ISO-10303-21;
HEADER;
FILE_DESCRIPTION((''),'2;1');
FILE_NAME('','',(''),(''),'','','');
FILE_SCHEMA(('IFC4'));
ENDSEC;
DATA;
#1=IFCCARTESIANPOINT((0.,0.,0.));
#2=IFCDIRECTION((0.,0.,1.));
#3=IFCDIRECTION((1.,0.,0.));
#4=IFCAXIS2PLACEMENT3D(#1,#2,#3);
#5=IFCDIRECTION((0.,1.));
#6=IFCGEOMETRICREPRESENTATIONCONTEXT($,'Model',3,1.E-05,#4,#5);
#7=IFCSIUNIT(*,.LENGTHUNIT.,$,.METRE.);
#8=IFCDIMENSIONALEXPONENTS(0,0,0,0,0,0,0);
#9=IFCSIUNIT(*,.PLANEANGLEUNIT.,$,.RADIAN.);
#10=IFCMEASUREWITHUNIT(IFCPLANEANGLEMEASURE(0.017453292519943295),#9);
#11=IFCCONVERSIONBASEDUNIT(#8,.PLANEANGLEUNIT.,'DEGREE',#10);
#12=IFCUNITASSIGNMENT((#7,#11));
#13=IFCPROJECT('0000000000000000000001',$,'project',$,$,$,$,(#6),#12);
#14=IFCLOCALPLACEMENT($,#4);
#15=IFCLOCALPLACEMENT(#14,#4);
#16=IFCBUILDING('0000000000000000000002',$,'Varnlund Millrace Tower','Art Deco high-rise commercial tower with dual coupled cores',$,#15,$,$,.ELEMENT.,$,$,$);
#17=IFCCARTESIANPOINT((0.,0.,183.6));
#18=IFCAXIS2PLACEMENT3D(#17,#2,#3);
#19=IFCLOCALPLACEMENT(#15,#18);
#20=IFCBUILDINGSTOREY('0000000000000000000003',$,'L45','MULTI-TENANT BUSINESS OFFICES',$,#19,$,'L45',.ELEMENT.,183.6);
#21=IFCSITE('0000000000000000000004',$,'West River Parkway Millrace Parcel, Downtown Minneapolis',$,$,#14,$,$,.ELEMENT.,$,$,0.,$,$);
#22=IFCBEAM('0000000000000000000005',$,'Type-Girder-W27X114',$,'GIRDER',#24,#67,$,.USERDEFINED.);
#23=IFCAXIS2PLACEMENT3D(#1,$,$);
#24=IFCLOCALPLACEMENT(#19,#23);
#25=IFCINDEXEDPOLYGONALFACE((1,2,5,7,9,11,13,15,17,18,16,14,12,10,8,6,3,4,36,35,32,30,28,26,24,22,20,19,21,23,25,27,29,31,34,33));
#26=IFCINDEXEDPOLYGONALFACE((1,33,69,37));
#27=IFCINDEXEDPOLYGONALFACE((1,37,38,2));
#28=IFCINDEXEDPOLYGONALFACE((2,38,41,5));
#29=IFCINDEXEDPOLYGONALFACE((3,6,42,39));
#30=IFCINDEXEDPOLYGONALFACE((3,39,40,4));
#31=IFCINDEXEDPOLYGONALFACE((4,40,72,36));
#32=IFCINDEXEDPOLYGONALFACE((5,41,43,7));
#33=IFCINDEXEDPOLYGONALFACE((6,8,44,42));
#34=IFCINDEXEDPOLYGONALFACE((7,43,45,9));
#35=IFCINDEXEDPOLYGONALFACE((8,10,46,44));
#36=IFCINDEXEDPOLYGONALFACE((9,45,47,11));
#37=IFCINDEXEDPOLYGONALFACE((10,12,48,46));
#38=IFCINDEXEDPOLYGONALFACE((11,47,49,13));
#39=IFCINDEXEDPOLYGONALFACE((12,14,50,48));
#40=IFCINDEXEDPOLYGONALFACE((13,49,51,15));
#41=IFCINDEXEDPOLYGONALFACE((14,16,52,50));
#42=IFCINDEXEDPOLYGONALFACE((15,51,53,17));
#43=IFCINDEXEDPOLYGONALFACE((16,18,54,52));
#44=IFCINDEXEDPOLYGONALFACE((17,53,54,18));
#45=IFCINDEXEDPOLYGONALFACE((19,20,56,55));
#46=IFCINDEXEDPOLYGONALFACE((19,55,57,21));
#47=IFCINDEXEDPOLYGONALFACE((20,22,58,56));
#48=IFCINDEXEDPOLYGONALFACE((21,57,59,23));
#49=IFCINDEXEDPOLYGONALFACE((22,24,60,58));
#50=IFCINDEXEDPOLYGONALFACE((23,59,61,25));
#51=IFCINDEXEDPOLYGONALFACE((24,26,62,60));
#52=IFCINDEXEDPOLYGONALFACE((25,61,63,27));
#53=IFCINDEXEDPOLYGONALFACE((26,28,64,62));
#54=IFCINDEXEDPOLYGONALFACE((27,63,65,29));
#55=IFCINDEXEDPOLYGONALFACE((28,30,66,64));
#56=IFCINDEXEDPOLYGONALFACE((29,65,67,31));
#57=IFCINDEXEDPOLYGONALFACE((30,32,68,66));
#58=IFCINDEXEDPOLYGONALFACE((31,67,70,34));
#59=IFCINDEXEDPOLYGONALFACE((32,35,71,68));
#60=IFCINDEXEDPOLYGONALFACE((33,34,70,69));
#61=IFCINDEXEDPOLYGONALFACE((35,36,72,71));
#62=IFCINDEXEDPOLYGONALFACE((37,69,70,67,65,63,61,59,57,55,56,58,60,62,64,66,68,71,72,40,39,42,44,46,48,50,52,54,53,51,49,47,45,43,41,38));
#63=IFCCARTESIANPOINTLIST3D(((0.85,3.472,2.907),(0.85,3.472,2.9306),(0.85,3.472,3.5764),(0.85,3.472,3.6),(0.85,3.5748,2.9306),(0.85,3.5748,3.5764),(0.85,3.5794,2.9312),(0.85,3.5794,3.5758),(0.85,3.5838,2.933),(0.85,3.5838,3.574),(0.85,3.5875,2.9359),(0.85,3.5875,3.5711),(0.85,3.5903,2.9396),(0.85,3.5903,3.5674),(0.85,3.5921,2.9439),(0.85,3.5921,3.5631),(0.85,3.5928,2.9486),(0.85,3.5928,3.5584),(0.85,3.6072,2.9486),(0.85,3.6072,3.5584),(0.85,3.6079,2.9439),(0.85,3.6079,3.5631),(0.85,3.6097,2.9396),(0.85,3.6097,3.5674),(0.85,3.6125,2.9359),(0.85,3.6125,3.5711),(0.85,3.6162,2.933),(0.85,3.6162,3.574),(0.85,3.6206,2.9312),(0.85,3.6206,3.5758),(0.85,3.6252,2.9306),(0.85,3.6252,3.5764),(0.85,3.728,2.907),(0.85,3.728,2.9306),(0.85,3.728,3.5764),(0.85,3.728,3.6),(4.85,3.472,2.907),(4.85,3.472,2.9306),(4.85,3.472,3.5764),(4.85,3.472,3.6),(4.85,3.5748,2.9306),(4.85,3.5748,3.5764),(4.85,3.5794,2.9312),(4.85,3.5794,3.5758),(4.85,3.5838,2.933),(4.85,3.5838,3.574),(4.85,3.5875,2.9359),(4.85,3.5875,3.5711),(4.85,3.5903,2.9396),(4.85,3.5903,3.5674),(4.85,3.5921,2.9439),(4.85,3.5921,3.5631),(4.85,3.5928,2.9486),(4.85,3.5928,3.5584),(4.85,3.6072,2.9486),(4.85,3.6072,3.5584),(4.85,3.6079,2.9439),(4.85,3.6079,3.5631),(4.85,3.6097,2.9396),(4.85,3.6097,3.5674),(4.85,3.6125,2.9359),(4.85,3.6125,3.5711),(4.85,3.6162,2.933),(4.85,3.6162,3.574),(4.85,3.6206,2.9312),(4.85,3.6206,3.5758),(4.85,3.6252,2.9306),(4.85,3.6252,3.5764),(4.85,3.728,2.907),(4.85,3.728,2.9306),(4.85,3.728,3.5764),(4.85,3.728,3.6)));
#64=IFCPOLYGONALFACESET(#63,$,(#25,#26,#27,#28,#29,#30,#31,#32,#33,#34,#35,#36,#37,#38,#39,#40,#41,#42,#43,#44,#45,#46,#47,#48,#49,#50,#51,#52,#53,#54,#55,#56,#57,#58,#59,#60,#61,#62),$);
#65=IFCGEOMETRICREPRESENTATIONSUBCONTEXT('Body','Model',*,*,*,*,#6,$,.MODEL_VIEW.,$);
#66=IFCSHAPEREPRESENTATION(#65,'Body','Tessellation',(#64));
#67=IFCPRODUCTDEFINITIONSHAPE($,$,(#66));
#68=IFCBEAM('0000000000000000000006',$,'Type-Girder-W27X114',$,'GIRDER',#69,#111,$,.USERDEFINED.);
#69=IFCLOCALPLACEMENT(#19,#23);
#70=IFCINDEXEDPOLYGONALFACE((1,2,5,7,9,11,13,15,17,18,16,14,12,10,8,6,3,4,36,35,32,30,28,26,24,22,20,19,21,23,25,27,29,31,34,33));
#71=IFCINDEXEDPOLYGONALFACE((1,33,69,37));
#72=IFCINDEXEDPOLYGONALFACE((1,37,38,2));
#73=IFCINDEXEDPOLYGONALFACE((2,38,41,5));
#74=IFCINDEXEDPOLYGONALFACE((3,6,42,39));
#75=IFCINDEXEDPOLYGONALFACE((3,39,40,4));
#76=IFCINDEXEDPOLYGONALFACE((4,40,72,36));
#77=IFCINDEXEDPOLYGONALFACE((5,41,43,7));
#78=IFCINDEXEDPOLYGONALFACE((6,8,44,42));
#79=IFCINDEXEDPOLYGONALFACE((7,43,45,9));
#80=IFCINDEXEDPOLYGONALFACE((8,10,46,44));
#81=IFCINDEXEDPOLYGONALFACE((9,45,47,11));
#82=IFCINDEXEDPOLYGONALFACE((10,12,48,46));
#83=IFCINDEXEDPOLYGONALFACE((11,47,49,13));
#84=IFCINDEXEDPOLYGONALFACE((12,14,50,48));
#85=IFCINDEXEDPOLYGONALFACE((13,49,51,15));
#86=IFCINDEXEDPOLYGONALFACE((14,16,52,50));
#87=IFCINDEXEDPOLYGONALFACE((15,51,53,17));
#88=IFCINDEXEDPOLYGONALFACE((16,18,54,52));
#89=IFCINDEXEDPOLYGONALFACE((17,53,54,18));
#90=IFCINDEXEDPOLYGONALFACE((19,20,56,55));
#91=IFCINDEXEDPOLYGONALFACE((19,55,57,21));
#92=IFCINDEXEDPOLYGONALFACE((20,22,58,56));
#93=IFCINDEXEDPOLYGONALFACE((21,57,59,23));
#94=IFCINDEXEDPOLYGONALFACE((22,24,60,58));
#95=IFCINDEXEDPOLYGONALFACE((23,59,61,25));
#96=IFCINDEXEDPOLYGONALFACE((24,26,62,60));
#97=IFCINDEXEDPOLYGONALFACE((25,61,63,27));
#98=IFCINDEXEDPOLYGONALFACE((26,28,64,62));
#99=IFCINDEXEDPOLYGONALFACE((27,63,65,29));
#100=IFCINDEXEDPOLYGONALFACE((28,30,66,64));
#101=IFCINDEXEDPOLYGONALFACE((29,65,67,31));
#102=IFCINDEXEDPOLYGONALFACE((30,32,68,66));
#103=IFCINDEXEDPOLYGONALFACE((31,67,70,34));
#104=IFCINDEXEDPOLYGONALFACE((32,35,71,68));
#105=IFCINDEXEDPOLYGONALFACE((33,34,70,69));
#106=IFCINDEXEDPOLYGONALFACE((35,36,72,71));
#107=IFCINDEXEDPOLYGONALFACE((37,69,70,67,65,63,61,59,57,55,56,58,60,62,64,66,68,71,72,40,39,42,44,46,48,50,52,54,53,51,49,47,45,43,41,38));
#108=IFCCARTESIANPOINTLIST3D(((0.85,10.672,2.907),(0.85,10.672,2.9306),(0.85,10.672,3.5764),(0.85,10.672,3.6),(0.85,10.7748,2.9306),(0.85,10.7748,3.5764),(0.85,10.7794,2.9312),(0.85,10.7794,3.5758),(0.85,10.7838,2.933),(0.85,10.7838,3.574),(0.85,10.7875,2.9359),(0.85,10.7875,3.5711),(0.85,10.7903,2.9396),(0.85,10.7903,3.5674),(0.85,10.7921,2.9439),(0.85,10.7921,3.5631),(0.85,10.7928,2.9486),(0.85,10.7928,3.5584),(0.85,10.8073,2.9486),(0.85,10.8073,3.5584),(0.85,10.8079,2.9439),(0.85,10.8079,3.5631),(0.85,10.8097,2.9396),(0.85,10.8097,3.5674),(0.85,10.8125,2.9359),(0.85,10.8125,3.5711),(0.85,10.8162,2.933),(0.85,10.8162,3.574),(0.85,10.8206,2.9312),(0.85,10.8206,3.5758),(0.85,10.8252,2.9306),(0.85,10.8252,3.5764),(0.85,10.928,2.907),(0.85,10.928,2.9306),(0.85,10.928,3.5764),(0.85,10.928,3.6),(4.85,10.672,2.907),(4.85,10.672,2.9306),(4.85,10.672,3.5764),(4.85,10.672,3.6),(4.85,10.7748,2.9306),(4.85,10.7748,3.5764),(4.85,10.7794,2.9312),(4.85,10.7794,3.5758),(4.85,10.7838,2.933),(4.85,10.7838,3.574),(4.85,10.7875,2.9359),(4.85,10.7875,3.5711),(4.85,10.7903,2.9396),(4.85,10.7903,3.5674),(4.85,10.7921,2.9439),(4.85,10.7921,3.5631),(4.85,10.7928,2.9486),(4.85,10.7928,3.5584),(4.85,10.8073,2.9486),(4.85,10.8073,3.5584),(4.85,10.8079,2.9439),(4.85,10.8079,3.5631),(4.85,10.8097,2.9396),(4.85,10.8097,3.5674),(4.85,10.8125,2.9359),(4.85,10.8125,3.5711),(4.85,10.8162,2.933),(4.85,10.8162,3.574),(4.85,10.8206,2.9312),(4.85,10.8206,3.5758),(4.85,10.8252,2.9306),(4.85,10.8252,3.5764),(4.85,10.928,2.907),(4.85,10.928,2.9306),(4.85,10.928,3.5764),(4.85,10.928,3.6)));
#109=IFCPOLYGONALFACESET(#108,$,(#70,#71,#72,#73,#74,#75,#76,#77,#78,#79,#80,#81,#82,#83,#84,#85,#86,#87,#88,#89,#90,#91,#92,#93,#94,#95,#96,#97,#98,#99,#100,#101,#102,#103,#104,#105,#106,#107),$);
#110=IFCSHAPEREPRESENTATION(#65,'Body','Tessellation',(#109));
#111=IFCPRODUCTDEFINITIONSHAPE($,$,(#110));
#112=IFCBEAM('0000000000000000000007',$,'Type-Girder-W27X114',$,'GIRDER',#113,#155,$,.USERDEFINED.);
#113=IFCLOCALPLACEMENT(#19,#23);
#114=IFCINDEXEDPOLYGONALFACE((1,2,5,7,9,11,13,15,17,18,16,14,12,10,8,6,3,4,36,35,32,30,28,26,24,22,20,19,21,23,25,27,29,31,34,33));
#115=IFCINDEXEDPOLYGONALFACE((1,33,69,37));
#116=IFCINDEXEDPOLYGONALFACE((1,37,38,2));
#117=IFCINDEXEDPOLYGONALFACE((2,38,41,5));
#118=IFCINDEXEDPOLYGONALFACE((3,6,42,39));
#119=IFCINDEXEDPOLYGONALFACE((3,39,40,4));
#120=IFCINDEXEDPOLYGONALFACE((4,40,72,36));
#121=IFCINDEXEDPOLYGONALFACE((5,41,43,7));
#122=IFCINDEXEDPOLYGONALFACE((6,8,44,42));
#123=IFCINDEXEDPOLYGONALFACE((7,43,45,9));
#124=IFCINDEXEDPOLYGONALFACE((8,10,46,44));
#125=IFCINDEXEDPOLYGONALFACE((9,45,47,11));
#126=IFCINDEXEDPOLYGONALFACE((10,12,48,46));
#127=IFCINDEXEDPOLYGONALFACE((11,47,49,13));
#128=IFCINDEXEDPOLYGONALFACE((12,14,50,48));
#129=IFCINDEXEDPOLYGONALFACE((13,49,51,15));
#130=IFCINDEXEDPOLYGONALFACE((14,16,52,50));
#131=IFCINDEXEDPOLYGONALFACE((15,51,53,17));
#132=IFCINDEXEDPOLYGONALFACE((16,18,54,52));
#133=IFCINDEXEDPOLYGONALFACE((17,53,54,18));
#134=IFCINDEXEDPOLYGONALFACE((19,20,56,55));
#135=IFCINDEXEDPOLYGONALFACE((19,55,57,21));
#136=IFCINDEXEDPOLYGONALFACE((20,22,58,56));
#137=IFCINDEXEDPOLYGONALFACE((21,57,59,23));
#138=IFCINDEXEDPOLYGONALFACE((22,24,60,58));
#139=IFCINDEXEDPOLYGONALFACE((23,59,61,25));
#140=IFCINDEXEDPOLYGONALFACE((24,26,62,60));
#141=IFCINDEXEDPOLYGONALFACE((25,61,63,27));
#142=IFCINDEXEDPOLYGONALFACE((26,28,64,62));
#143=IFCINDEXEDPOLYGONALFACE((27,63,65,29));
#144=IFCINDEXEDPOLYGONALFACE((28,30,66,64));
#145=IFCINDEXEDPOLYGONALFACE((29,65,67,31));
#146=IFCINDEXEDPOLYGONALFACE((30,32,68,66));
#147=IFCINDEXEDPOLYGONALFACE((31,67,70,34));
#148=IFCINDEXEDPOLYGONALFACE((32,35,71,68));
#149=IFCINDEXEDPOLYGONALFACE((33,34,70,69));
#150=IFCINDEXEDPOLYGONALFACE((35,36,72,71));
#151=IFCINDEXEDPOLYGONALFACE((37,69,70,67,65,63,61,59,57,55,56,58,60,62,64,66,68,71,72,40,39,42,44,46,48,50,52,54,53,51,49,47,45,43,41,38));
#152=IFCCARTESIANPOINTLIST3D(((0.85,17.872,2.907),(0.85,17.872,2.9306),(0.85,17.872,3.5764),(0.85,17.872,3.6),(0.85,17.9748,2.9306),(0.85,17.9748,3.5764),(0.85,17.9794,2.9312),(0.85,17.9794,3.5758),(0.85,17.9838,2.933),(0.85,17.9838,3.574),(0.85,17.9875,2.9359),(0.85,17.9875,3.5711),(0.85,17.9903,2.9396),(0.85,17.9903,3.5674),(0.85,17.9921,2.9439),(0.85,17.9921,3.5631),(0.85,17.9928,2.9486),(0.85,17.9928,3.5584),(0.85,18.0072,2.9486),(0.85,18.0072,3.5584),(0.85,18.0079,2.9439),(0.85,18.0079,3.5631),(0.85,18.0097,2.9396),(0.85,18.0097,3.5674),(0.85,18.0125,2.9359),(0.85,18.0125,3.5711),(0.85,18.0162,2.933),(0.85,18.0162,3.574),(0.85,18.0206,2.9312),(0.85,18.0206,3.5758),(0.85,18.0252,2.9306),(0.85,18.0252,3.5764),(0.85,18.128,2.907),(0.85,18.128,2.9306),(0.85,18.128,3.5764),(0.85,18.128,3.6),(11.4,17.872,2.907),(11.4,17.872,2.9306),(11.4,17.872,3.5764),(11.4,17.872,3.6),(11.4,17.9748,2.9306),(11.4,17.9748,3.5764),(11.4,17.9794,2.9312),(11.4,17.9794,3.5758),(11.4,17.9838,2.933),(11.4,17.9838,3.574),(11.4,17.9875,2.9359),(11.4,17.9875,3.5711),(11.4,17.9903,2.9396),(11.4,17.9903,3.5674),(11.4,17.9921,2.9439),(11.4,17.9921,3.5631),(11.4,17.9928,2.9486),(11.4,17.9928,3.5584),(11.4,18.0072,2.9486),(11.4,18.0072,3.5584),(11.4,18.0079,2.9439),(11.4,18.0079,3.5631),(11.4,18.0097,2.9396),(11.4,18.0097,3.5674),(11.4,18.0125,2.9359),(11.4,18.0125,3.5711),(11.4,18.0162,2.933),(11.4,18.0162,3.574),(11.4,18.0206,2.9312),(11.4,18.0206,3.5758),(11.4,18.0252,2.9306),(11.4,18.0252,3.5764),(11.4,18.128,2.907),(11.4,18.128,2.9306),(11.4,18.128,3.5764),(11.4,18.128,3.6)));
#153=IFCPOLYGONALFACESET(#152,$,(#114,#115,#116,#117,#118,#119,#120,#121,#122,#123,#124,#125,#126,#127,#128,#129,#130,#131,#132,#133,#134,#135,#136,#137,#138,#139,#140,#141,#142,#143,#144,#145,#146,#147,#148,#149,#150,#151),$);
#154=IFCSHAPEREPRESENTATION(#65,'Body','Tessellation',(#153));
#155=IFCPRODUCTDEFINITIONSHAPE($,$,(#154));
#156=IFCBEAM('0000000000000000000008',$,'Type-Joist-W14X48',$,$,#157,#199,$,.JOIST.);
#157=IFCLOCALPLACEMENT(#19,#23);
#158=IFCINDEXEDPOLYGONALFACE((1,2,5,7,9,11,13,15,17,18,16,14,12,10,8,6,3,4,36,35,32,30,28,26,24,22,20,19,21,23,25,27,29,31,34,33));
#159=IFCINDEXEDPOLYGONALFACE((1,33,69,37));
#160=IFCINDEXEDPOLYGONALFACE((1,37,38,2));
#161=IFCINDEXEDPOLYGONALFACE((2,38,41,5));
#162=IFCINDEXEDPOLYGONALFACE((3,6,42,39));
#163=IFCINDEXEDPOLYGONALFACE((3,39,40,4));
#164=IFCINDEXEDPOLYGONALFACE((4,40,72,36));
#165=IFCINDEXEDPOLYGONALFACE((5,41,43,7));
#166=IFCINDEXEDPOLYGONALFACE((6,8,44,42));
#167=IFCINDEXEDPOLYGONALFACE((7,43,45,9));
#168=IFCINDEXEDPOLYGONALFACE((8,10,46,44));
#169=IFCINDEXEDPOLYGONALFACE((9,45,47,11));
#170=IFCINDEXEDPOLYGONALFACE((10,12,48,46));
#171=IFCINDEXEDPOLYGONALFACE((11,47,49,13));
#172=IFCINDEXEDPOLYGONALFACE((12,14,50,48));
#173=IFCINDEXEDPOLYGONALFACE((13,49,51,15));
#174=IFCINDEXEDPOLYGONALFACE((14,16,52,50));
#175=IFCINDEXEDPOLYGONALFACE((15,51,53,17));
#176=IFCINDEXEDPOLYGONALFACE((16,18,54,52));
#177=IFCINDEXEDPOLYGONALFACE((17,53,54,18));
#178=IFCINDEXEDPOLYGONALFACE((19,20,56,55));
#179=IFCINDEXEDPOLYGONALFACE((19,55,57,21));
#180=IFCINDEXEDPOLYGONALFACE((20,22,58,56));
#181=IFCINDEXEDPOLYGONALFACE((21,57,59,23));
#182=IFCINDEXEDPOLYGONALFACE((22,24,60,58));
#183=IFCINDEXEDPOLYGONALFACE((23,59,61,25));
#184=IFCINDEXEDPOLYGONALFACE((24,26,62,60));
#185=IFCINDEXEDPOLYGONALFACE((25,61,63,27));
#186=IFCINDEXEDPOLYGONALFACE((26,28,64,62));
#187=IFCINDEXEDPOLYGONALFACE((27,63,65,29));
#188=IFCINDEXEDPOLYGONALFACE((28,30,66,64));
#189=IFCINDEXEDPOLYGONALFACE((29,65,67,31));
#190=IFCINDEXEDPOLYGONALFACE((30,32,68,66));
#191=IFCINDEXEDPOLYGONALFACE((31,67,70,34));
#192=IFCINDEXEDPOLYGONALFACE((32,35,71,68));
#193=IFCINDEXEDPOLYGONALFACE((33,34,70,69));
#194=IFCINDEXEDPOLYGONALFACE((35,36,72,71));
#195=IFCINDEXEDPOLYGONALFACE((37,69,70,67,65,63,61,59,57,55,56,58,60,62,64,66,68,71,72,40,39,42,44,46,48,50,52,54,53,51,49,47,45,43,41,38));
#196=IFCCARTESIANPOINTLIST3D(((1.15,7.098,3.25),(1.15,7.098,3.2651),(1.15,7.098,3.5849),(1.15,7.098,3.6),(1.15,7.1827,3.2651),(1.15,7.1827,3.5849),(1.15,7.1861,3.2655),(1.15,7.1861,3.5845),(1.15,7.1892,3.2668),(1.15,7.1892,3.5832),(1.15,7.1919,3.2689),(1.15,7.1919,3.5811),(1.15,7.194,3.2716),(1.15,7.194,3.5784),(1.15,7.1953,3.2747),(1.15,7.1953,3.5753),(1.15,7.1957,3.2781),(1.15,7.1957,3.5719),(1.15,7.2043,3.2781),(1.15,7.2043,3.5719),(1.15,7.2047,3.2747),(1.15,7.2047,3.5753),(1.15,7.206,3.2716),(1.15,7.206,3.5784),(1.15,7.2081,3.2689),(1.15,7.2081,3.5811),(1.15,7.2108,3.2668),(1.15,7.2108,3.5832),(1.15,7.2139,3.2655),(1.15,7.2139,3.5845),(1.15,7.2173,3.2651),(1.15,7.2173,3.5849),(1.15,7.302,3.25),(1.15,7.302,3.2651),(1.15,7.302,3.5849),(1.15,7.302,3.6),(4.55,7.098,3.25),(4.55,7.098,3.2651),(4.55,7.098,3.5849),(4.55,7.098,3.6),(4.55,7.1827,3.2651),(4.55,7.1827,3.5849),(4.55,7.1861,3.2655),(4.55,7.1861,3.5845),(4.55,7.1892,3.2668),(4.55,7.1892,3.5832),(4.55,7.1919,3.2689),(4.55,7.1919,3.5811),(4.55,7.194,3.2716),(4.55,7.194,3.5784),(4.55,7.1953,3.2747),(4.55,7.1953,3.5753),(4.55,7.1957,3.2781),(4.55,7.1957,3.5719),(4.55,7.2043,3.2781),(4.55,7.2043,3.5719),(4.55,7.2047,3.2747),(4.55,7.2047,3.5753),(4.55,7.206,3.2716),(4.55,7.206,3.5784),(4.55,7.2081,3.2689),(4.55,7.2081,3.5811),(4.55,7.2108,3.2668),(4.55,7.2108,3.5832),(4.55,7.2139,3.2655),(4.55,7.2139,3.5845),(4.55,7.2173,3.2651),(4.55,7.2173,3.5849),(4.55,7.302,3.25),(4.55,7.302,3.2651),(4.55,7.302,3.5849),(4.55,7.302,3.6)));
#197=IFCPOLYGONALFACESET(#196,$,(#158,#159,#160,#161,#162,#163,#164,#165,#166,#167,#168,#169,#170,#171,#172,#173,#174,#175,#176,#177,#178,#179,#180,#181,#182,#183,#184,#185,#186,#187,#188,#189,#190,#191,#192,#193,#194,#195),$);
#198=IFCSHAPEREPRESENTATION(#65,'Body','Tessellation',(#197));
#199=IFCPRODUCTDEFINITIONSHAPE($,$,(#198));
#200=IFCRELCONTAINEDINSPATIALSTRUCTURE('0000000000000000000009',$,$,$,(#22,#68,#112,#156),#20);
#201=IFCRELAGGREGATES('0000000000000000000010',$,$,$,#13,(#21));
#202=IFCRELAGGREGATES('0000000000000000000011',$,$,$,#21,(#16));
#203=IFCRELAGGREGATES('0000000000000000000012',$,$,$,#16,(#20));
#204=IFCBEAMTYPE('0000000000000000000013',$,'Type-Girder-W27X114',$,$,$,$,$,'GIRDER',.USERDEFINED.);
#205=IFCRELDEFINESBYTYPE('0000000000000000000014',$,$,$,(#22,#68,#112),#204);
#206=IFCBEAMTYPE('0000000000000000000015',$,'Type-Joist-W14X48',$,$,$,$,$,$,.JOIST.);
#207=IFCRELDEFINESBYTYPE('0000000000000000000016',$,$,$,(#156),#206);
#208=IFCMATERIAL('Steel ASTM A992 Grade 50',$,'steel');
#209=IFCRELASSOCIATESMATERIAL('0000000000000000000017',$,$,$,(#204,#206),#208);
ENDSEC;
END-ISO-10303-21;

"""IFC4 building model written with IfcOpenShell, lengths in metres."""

from ifc_helpers import new_model, entity, si_unit, converted_unit, direction, frame, origin_with_axes, origin_2d_with_axis, place, context, subcontext, project, spatial, i_section, extrude, material, material_profile, profile_set, type_object, element, save


model = new_model("IFC4")

# Units and contexts
model_context = context("Model", 3, precision=1e-05, world=origin_with_axes(), true_north=direction((0.0, 1.0)))
body_context = subcontext(model_context, "Body", "Model", "MODEL_VIEW")
ifc_project = project(units=[si_unit("LENGTHUNIT", "METRE"), converted_unit("PLANEANGLEUNIT", "DEGREE", entity("IfcPlaneAngleMeasure", 0.017453292519943295), si_unit("PLANEANGLEUNIT", "RADIAN"), dimensions=[0, 0, 0, 0, 0, 0, 0])], contexts=[model_context])

# Site, building, storey
site_placement = place(None, origin_with_axes())
site = spatial("IfcSite", under=ifc_project, at=site_placement, Name="West River Parkway Millrace Parcel, Downtown Minneapolis", CompositionType="ELEMENT", RefElevation=0.0)
building_placement = place(site_placement, origin_with_axes())
building = spatial("IfcBuilding", under=site, at=building_placement, Name="Varnlund Millrace Tower", Description="Art Deco high-rise commercial tower with dual coupled cores", CompositionType="ELEMENT")
storey_placement = place(building_placement, frame((0.0, 0.0, 183.6), z_axis=(0.0, 0.0, 1.0), x_axis=(1.0, 0.0, 0.0)))
storey = spatial("IfcBuildingStorey", under=building, at=storey_placement, Name="L45", Description="MULTI-TENANT BUSINESS OFFICES", LongName="L45", CompositionType="ELEMENT", Elevation=183.6)

# Beams
ifc_material_1 = material(Name="Steel ASTM A992 Grade 50", Category="steel")
ifc_material_profile_1 = material_profile(ifc_material_1, i_section(OverallWidth=0.256, OverallDepth=0.693, WebThickness=0.0145, FlangeThickness=0.0236, FilletRadius=0.018, at=origin_2d_with_axis()), Name="Steel ASTM A992 Grade 50")
ifc_profile_set_1 = profile_set([ifc_material_profile_1], Name="Steel ASTM A992 Grade 50")
beam_type_1 = type_object("IfcBeamType", Name="Type-Girder-W27X114", ElementType="GIRDER", PredefinedType="USERDEFINED", material=ifc_profile_set_1)
for number, where, z_axis, x_axis, name in (
    (1, (0.85, 3.6, 3.2535), (1.0, 0.0, 0.0), (0.0, 1.0, 0.0), "Type-Girder-W27X114"),
    (2, (0.85, 10.8, 3.2535), (1.0, 0.0, 0.0), (0.0, 1.0, 0.0), "Type-Girder-W27X114"),
):
    element("IfcBeam", number, at=place(storey_placement, frame(where, z_axis=z_axis, x_axis=x_axis)), inside=storey, type_object=beam_type_1, Name=name, ObjectType="GIRDER", PredefinedType="USERDEFINED", context=body_context, shape_type="SweptSolid", body=[
        extrude(i_section(OverallWidth=0.256, OverallDepth=0.693, WebThickness=0.0145, FlangeThickness=0.0236, FilletRadius=0.018, at=origin_2d_with_axis()), origin_with_axes(), (0.0, 0.0, 1.0), 4.0),
    ])
beam_1_placement = place(storey_placement, frame((0.85, 18.0, 3.2535), z_axis=(1.0, 0.0, 0.0), x_axis=(0.0, 1.0, 0.0)))
element("IfcBeam", 3, at=beam_1_placement, inside=storey, type_object=beam_type_1, Name="Type-Girder-W27X114", ObjectType="GIRDER", PredefinedType="USERDEFINED", context=body_context, shape_type="SweptSolid", body=[
    extrude(i_section(OverallWidth=0.256, OverallDepth=0.693, WebThickness=0.0145, FlangeThickness=0.0236, FilletRadius=0.018, at=origin_2d_with_axis()), origin_with_axes(), (0.0, 0.0, 1.0), 10.55),
])
ifc_material_profile_2 = material_profile(ifc_material_1, i_section(OverallWidth=0.204, OverallDepth=0.35, WebThickness=0.0086, FlangeThickness=0.0151, FilletRadius=0.013, at=origin_2d_with_axis()), Name="Steel ASTM A992 Grade 50")
ifc_profile_set_2 = profile_set([ifc_material_profile_2], Name="Steel ASTM A992 Grade 50")
beam_type_2 = type_object("IfcBeamType", Name="Type-Joist-W14X48", PredefinedType="JOIST", material=ifc_profile_set_2)
for number, where, z_axis, x_axis, name in (
    (4, (1.15, 7.2, 3.425), (1.0, 0.0, 0.0), (0.0, 1.0, 0.0), "Type-Joist-W14X48"),
):
    element("IfcBeam", number, at=place(storey_placement, frame(where, z_axis=z_axis, x_axis=x_axis)), inside=storey, type_object=beam_type_2, Name=name, PredefinedType="JOIST", context=body_context, shape_type="SweptSolid", body=[
        extrude(i_section(OverallWidth=0.204, OverallDepth=0.35, WebThickness=0.0086, FlangeThickness=0.0151, FilletRadius=0.013, at=origin_2d_with_axis()), origin_with_axes(), (0.0, 0.0, 1.0), 3.4),
    ])

save(model, "model.ifc")
